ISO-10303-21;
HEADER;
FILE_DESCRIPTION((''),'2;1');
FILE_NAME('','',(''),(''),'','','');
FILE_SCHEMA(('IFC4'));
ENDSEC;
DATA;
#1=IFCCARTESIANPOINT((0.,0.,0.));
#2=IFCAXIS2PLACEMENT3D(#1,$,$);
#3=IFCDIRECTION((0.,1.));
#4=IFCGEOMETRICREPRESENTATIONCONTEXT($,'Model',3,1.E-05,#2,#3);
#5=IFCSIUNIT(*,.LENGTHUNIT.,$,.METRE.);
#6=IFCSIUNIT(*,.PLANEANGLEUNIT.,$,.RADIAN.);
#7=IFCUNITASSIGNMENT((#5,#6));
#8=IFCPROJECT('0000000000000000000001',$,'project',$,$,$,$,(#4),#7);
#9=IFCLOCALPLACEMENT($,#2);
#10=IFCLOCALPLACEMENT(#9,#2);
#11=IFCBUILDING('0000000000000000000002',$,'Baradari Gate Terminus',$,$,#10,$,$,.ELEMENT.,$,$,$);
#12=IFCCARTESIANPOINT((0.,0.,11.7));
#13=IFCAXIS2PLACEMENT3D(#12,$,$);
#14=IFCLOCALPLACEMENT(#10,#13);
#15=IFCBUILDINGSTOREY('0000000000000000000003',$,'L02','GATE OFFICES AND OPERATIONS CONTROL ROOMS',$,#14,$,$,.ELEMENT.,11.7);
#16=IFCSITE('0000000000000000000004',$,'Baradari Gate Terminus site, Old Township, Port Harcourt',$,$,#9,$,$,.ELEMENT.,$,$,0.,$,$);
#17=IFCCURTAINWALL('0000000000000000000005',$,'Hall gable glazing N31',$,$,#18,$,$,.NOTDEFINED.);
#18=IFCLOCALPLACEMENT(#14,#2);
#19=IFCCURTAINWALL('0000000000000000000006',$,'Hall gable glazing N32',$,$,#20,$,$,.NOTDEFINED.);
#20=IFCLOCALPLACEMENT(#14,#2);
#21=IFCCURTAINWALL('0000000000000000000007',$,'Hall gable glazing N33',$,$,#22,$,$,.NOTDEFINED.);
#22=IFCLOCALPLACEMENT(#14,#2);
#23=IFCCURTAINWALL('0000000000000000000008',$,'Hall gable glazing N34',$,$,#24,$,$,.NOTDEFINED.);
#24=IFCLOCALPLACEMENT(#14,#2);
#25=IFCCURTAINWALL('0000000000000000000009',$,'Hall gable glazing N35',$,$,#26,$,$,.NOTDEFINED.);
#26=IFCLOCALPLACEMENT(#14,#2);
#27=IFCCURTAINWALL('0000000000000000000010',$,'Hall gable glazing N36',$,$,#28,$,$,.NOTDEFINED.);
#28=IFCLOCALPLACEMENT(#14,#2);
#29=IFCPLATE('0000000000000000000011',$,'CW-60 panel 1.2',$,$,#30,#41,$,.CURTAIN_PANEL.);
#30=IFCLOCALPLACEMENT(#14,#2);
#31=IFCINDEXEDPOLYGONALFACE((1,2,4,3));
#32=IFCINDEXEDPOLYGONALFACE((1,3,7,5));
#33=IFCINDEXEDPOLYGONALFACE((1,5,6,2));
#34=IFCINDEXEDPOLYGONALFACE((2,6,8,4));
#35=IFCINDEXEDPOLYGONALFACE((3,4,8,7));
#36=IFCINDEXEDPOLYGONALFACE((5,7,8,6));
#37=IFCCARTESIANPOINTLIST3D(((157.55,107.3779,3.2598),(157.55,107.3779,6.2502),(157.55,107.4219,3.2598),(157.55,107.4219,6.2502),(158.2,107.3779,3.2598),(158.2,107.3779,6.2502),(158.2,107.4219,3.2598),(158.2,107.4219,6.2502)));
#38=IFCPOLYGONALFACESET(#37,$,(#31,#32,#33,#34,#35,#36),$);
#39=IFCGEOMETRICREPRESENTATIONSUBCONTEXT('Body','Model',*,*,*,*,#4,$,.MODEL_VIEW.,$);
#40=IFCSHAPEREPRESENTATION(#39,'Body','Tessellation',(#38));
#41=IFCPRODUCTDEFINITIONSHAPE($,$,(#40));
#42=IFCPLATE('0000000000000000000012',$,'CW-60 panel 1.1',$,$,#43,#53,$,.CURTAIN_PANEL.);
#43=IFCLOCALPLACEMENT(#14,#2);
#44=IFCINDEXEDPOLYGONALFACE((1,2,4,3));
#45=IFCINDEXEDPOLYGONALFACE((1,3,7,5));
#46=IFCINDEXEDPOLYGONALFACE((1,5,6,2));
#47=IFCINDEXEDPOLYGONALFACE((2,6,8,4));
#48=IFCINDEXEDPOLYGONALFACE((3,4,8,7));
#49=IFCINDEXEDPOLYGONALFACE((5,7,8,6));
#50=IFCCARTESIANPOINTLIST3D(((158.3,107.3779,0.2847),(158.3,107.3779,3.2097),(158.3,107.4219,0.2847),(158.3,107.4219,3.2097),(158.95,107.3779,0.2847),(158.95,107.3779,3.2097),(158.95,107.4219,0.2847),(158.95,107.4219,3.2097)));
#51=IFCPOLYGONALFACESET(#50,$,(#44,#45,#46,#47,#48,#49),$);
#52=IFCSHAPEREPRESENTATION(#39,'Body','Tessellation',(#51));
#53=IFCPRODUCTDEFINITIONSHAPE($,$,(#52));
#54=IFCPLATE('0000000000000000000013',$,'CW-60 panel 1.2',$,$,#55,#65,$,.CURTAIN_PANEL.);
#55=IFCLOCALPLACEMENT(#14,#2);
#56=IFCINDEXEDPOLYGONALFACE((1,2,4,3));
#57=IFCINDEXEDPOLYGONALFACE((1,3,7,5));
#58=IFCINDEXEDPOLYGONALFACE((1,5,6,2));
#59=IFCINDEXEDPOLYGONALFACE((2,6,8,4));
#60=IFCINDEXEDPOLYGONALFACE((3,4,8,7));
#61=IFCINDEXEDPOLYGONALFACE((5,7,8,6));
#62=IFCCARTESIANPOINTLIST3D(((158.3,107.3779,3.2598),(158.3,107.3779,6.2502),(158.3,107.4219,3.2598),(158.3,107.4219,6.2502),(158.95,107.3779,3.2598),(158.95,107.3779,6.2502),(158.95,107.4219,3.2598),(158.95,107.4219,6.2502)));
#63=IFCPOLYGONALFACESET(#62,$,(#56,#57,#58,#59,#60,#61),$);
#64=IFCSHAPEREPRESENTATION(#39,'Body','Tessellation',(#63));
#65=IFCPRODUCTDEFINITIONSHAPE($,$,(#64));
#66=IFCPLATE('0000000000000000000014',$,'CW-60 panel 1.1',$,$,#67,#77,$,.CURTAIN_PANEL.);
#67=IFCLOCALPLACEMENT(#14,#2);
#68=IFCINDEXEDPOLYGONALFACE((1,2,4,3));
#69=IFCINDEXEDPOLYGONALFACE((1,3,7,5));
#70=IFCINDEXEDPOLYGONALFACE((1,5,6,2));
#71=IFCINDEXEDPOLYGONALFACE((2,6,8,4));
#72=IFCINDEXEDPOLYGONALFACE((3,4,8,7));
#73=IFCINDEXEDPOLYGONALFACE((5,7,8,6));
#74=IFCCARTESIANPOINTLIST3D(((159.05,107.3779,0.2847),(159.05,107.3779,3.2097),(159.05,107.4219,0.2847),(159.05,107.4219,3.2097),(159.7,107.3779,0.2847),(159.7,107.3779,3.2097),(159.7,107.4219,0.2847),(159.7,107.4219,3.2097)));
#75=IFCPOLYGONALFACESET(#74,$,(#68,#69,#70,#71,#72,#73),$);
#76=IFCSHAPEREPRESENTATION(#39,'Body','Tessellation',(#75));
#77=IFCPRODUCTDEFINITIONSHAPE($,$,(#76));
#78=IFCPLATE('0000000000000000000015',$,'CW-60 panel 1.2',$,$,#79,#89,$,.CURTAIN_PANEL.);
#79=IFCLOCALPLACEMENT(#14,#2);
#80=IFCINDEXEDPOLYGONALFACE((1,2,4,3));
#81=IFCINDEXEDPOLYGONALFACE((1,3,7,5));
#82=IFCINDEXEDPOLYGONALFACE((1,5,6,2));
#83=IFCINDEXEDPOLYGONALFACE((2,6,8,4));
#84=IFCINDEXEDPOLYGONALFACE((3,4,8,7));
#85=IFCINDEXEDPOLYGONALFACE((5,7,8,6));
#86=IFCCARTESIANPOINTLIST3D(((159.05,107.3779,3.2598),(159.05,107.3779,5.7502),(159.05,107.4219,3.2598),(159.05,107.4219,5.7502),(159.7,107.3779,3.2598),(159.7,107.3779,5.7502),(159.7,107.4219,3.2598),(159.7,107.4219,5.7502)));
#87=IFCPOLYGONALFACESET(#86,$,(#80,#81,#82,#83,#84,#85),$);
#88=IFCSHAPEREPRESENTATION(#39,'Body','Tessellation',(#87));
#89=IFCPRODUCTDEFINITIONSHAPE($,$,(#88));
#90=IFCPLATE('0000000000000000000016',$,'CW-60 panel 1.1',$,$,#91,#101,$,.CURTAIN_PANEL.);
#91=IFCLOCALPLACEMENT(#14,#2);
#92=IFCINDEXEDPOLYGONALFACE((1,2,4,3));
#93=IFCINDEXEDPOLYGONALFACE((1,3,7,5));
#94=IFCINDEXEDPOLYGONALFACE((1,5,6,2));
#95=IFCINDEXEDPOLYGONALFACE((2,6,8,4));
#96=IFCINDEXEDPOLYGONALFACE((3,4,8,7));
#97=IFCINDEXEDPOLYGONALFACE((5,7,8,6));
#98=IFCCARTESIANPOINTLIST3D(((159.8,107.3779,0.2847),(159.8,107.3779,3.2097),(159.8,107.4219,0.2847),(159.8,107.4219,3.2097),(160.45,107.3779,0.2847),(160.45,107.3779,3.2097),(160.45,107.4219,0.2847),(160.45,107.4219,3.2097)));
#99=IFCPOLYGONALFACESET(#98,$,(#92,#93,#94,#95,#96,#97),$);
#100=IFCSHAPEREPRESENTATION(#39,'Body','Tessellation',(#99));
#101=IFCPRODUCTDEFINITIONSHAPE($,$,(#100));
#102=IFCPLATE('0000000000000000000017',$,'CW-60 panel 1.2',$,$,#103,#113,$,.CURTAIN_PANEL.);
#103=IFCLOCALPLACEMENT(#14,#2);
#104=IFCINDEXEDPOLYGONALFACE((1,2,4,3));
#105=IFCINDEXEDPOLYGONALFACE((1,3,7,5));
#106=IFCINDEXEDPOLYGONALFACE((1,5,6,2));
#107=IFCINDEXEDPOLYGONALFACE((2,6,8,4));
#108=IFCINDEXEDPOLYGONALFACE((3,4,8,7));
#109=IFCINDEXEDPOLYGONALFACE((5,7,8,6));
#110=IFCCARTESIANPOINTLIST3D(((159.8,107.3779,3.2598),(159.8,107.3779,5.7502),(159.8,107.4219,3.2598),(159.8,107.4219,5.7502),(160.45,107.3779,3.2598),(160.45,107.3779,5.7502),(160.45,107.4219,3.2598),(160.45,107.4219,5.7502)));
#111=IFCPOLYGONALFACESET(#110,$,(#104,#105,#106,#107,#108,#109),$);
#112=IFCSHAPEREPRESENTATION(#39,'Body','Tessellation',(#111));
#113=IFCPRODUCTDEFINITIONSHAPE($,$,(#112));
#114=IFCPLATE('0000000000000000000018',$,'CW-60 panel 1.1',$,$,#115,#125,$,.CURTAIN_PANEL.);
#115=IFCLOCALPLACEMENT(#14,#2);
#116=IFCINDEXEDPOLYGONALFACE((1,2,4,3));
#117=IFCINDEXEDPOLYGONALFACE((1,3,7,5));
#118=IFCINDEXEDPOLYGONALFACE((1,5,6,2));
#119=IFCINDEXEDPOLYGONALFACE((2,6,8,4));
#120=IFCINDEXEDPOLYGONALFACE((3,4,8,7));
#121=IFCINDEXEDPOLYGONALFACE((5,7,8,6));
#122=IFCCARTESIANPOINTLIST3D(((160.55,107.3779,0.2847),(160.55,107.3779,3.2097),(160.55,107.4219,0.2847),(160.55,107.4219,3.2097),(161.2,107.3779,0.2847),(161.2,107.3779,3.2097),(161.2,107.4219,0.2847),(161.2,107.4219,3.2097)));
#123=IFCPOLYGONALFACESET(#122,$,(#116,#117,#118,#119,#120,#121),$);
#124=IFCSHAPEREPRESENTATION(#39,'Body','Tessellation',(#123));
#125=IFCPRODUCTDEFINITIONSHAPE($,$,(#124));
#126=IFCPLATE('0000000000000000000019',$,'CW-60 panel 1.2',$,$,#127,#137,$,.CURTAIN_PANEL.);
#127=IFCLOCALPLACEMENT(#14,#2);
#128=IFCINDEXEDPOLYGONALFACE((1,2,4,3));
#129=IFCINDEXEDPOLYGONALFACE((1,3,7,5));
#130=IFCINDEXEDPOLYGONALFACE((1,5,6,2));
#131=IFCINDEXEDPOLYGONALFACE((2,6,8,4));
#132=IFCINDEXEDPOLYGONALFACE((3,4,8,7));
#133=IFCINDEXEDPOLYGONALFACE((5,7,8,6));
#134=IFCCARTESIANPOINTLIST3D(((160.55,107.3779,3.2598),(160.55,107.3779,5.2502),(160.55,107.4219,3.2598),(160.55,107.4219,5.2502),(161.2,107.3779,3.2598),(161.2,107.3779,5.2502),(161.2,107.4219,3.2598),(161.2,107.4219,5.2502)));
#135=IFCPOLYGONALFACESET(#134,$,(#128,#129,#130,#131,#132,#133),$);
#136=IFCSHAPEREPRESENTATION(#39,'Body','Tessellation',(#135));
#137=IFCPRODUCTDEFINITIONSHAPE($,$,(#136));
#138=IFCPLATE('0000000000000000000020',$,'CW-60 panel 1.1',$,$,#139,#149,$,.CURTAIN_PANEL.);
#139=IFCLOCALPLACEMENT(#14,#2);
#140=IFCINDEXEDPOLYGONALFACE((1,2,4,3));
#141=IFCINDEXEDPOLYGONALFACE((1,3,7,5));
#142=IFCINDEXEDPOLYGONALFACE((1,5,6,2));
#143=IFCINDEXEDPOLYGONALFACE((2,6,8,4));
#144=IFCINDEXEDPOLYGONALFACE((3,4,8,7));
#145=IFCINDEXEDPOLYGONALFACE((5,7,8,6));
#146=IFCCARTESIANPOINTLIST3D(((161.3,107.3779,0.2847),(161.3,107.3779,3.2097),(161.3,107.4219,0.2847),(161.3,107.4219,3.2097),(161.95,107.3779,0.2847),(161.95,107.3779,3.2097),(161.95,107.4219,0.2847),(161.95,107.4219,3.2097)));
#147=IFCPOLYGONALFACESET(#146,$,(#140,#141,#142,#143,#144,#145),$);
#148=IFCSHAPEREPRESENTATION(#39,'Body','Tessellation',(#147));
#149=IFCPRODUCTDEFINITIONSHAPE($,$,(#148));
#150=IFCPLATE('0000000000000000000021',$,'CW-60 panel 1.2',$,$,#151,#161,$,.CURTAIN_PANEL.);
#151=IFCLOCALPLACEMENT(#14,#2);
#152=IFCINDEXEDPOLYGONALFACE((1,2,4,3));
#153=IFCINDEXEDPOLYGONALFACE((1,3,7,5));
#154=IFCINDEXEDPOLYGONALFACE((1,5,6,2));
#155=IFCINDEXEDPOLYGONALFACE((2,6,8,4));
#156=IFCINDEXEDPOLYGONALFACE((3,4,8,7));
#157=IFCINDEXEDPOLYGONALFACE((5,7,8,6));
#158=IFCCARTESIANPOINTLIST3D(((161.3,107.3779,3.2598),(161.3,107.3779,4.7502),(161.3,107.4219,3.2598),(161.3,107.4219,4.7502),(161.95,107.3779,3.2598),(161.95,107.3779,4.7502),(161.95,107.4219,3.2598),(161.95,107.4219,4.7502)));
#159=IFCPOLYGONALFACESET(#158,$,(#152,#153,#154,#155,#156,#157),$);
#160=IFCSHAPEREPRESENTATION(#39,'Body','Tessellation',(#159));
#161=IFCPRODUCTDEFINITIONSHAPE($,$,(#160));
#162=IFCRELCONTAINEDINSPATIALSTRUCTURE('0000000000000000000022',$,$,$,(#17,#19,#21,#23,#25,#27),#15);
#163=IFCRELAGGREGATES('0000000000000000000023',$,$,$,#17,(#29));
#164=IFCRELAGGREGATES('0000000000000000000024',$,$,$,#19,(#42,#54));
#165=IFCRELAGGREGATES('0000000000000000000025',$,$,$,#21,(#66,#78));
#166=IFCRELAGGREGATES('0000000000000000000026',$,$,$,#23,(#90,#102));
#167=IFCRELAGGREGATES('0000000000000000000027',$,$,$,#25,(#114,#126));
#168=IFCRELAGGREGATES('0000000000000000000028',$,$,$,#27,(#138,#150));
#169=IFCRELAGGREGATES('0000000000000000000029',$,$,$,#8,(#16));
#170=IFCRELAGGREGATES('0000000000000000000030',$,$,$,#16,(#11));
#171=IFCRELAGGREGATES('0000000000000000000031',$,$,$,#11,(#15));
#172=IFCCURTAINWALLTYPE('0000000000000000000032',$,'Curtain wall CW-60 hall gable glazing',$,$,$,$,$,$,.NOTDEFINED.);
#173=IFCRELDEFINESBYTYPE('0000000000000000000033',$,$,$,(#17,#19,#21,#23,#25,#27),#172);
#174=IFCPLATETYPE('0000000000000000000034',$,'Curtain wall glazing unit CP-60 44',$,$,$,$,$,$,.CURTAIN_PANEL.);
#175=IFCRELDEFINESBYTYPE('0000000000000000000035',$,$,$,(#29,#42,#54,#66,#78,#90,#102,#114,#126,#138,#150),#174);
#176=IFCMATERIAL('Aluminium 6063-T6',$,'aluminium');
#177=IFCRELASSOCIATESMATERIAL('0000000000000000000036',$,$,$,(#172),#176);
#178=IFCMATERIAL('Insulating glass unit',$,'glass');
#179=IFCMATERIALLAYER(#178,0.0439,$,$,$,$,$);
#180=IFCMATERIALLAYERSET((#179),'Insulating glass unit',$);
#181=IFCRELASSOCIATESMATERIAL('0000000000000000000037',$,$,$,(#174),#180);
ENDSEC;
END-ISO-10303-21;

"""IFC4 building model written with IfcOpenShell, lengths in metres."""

from ifc_helpers import new_model, si_unit, direction, frame, origin, origin_2d, place, context, subcontext, project, spatial, rectangle, extrude, material, layer, layer_set, type_object, element, aggregate, save


model = new_model("IFC4")

# Units and contexts
model_context = context("Model", 3, precision=1e-05, world=origin(), true_north=direction((0.0, 1.0)))
body_context = subcontext(model_context, "Body", "Model", "MODEL_VIEW")
ifc_project = project(units=[si_unit("LENGTHUNIT", "METRE"), si_unit("PLANEANGLEUNIT", "RADIAN")], contexts=[model_context])

# Site, building, storey
site_placement = place(None, origin())
site = spatial("IfcSite", under=ifc_project, at=site_placement, Name="Baradari Gate Terminus site, Old Township, Port Harcourt", CompositionType="ELEMENT", RefElevation=0.0)
building_placement = place(site_placement, origin())
building = spatial("IfcBuilding", under=site, at=building_placement, Name="Baradari Gate Terminus", CompositionType="ELEMENT")
storey_placement = place(building_placement, frame((0.0, 0.0, 11.7)))
storey = spatial("IfcBuildingStorey", under=building, at=storey_placement, Name="L02", Description="GATE OFFICES AND OPERATIONS CONTROL ROOMS", CompositionType="ELEMENT", Elevation=11.7)

# Curtain walls
ifc_material_1 = material(Name="Aluminium 6063-T6", Category="aluminium")
curtain_wall_type = type_object("IfcCurtainWallType", Name="Curtain wall CW-60 hall gable glazing", PredefinedType="NOTDEFINED", material=ifc_material_1)
curtain_wall_1_placement = place(storey_placement, origin())
curtain_wall_1 = element("IfcCurtainWall", 1, at=curtain_wall_1_placement, inside=storey, type_object=curtain_wall_type, Name="Hall gable glazing N31", PredefinedType="NOTDEFINED")
curtain_wall_2_placement = place(storey_placement, origin())
curtain_wall_2 = element("IfcCurtainWall", 2, at=curtain_wall_2_placement, inside=storey, type_object=curtain_wall_type, Name="Hall gable glazing N32", PredefinedType="NOTDEFINED")
curtain_wall_3_placement = place(storey_placement, origin())
curtain_wall_3 = element("IfcCurtainWall", 3, at=curtain_wall_3_placement, inside=storey, type_object=curtain_wall_type, Name="Hall gable glazing N33", PredefinedType="NOTDEFINED")
curtain_wall_4_placement = place(storey_placement, origin())
curtain_wall_4 = element("IfcCurtainWall", 4, at=curtain_wall_4_placement, inside=storey, type_object=curtain_wall_type, Name="Hall gable glazing N34", PredefinedType="NOTDEFINED")
curtain_wall_5_placement = place(storey_placement, origin())
curtain_wall_5 = element("IfcCurtainWall", 5, at=curtain_wall_5_placement, inside=storey, type_object=curtain_wall_type, Name="Hall gable glazing N35", PredefinedType="NOTDEFINED")
curtain_wall_6_placement = place(storey_placement, origin())
curtain_wall_6 = element("IfcCurtainWall", 6, at=curtain_wall_6_placement, inside=storey, type_object=curtain_wall_type, Name="Hall gable glazing N36", PredefinedType="NOTDEFINED")

# Plates
ifc_material_2 = material(Name="Insulating glass unit", Category="glass")
ifc_layer = layer(ifc_material_2, 0.0439)
ifc_layer_set = layer_set([ifc_layer], Name="Insulating glass unit")
plate_type = type_object("IfcPlateType", Name="Curtain wall glazing unit CP-60 44", PredefinedType="CURTAIN_PANEL", material=ifc_layer_set)
plate_1_placement = place(storey_placement, frame((157.875, 107.3999, 3.2598), z_axis=(0.0, 0.0, 1.0), x_axis=(1.0, 0.0, 0.0)))
plate_1 = element("IfcPlate", 7, at=plate_1_placement, type_object=plate_type, Name="CW-60 panel 1.2", PredefinedType="CURTAIN_PANEL", context=body_context, shape_type="SweptSolid", body=[
    extrude(rectangle(XDim=0.6499, YDim=0.0439, at=origin_2d()), origin(), (0.0, 0.0, 1.0), 2.9905),
])
aggregate(curtain_wall_1, [plate_1])
plate_2_placement = place(storey_placement, frame((158.625, 107.3999, 0.2847), z_axis=(0.0, 0.0, 1.0), x_axis=(1.0, 0.0, 0.0)))
plate_2 = element("IfcPlate", 8, at=plate_2_placement, type_object=plate_type, Name="CW-60 panel 1.1", PredefinedType="CURTAIN_PANEL", context=body_context, shape_type="SweptSolid", body=[
    extrude(rectangle(XDim=0.6499, YDim=0.0439, at=origin_2d()), origin(), (0.0, 0.0, 1.0), 2.925),
])
plate_3_placement = place(storey_placement, frame((158.625, 107.3999, 3.2598), z_axis=(0.0, 0.0, 1.0), x_axis=(1.0, 0.0, 0.0)))
plate_3 = element("IfcPlate", 9, at=plate_3_placement, type_object=plate_type, Name="CW-60 panel 1.2", PredefinedType="CURTAIN_PANEL", context=body_context, shape_type="SweptSolid", body=[
    extrude(rectangle(XDim=0.6499, YDim=0.0439, at=origin_2d()), origin(), (0.0, 0.0, 1.0), 2.9905),
])
aggregate(curtain_wall_2, [plate_2, plate_3])
plate_4_placement = place(storey_placement, frame((159.375, 107.3999, 0.2847), z_axis=(0.0, 0.0, 1.0), x_axis=(1.0, 0.0, 0.0)))
plate_4 = element("IfcPlate", 10, at=plate_4_placement, type_object=plate_type, Name="CW-60 panel 1.1", PredefinedType="CURTAIN_PANEL", context=body_context, shape_type="SweptSolid", body=[
    extrude(rectangle(XDim=0.6499, YDim=0.0439, at=origin_2d()), origin(), (0.0, 0.0, 1.0), 2.925),
])
plate_5_placement = place(storey_placement, frame((159.375, 107.3999, 3.2598), z_axis=(0.0, 0.0, 1.0), x_axis=(1.0, 0.0, 0.0)))
plate_5 = element("IfcPlate", 11, at=plate_5_placement, type_object=plate_type, Name="CW-60 panel 1.2", PredefinedType="CURTAIN_PANEL", context=body_context, shape_type="SweptSolid", body=[
    extrude(rectangle(XDim=0.6499, YDim=0.0439, at=origin_2d()), origin(), (0.0, 0.0, 1.0), 2.4905),
])
aggregate(curtain_wall_3, [plate_4, plate_5])
plate_6_placement = place(storey_placement, frame((160.125, 107.3999, 0.2847), z_axis=(0.0, 0.0, 1.0), x_axis=(1.0, 0.0, 0.0)))
plate_6 = element("IfcPlate", 12, at=plate_6_placement, type_object=plate_type, Name="CW-60 panel 1.1", PredefinedType="CURTAIN_PANEL", context=body_context, shape_type="SweptSolid", body=[
    extrude(rectangle(XDim=0.6499, YDim=0.0439, at=origin_2d()), origin(), (0.0, 0.0, 1.0), 2.925),
])
plate_7_placement = place(storey_placement, frame((160.125, 107.3999, 3.2598), z_axis=(0.0, 0.0, 1.0), x_axis=(1.0, 0.0, 0.0)))
plate_7 = element("IfcPlate", 13, at=plate_7_placement, type_object=plate_type, Name="CW-60 panel 1.2", PredefinedType="CURTAIN_PANEL", context=body_context, shape_type="SweptSolid", body=[
    extrude(rectangle(XDim=0.6499, YDim=0.0439, at=origin_2d()), origin(), (0.0, 0.0, 1.0), 2.4905),
])
aggregate(curtain_wall_4, [plate_6, plate_7])
plate_8_placement = place(storey_placement, frame((160.875, 107.3999, 0.2847), z_axis=(0.0, 0.0, 1.0), x_axis=(1.0, 0.0, 0.0)))
plate_8 = element("IfcPlate", 14, at=plate_8_placement, type_object=plate_type, Name="CW-60 panel 1.1", PredefinedType="CURTAIN_PANEL", context=body_context, shape_type="SweptSolid", body=[
    extrude(rectangle(XDim=0.6499, YDim=0.0439, at=origin_2d()), origin(), (0.0, 0.0, 1.0), 2.925),
])
plate_9_placement = place(storey_placement, frame((160.875, 107.3999, 3.2598), z_axis=(0.0, 0.0, 1.0), x_axis=(1.0, 0.0, 0.0)))
plate_9 = element("IfcPlate", 15, at=plate_9_placement, type_object=plate_type, Name="CW-60 panel 1.2", PredefinedType="CURTAIN_PANEL", context=body_context, shape_type="SweptSolid", body=[
    extrude(rectangle(XDim=0.6499, YDim=0.0439, at=origin_2d()), origin(), (0.0, 0.0, 1.0), 1.9905),
])
aggregate(curtain_wall_5, [plate_8, plate_9])
plate_10_placement = place(storey_placement, frame((161.625, 107.3999, 0.2847), z_axis=(0.0, 0.0, 1.0), x_axis=(1.0, 0.0, 0.0)))
plate_10 = element("IfcPlate", 16, at=plate_10_placement, type_object=plate_type, Name="CW-60 panel 1.1", PredefinedType="CURTAIN_PANEL", context=body_context, shape_type="SweptSolid", body=[
    extrude(rectangle(XDim=0.6499, YDim=0.0439, at=origin_2d()), origin(), (0.0, 0.0, 1.0), 2.925),
])
plate_11_placement = place(storey_placement, frame((161.625, 107.3999, 3.2598), z_axis=(0.0, 0.0, 1.0), x_axis=(1.0, 0.0, 0.0)))
plate_11 = element("IfcPlate", 17, at=plate_11_placement, type_object=plate_type, Name="CW-60 panel 1.2", PredefinedType="CURTAIN_PANEL", context=body_context, shape_type="SweptSolid", body=[
    extrude(rectangle(XDim=0.6499, YDim=0.0439, at=origin_2d()), origin(), (0.0, 0.0, 1.0), 1.4905),
])
aggregate(curtain_wall_6, [plate_10, plate_11])

save(model, "model.ifc")
